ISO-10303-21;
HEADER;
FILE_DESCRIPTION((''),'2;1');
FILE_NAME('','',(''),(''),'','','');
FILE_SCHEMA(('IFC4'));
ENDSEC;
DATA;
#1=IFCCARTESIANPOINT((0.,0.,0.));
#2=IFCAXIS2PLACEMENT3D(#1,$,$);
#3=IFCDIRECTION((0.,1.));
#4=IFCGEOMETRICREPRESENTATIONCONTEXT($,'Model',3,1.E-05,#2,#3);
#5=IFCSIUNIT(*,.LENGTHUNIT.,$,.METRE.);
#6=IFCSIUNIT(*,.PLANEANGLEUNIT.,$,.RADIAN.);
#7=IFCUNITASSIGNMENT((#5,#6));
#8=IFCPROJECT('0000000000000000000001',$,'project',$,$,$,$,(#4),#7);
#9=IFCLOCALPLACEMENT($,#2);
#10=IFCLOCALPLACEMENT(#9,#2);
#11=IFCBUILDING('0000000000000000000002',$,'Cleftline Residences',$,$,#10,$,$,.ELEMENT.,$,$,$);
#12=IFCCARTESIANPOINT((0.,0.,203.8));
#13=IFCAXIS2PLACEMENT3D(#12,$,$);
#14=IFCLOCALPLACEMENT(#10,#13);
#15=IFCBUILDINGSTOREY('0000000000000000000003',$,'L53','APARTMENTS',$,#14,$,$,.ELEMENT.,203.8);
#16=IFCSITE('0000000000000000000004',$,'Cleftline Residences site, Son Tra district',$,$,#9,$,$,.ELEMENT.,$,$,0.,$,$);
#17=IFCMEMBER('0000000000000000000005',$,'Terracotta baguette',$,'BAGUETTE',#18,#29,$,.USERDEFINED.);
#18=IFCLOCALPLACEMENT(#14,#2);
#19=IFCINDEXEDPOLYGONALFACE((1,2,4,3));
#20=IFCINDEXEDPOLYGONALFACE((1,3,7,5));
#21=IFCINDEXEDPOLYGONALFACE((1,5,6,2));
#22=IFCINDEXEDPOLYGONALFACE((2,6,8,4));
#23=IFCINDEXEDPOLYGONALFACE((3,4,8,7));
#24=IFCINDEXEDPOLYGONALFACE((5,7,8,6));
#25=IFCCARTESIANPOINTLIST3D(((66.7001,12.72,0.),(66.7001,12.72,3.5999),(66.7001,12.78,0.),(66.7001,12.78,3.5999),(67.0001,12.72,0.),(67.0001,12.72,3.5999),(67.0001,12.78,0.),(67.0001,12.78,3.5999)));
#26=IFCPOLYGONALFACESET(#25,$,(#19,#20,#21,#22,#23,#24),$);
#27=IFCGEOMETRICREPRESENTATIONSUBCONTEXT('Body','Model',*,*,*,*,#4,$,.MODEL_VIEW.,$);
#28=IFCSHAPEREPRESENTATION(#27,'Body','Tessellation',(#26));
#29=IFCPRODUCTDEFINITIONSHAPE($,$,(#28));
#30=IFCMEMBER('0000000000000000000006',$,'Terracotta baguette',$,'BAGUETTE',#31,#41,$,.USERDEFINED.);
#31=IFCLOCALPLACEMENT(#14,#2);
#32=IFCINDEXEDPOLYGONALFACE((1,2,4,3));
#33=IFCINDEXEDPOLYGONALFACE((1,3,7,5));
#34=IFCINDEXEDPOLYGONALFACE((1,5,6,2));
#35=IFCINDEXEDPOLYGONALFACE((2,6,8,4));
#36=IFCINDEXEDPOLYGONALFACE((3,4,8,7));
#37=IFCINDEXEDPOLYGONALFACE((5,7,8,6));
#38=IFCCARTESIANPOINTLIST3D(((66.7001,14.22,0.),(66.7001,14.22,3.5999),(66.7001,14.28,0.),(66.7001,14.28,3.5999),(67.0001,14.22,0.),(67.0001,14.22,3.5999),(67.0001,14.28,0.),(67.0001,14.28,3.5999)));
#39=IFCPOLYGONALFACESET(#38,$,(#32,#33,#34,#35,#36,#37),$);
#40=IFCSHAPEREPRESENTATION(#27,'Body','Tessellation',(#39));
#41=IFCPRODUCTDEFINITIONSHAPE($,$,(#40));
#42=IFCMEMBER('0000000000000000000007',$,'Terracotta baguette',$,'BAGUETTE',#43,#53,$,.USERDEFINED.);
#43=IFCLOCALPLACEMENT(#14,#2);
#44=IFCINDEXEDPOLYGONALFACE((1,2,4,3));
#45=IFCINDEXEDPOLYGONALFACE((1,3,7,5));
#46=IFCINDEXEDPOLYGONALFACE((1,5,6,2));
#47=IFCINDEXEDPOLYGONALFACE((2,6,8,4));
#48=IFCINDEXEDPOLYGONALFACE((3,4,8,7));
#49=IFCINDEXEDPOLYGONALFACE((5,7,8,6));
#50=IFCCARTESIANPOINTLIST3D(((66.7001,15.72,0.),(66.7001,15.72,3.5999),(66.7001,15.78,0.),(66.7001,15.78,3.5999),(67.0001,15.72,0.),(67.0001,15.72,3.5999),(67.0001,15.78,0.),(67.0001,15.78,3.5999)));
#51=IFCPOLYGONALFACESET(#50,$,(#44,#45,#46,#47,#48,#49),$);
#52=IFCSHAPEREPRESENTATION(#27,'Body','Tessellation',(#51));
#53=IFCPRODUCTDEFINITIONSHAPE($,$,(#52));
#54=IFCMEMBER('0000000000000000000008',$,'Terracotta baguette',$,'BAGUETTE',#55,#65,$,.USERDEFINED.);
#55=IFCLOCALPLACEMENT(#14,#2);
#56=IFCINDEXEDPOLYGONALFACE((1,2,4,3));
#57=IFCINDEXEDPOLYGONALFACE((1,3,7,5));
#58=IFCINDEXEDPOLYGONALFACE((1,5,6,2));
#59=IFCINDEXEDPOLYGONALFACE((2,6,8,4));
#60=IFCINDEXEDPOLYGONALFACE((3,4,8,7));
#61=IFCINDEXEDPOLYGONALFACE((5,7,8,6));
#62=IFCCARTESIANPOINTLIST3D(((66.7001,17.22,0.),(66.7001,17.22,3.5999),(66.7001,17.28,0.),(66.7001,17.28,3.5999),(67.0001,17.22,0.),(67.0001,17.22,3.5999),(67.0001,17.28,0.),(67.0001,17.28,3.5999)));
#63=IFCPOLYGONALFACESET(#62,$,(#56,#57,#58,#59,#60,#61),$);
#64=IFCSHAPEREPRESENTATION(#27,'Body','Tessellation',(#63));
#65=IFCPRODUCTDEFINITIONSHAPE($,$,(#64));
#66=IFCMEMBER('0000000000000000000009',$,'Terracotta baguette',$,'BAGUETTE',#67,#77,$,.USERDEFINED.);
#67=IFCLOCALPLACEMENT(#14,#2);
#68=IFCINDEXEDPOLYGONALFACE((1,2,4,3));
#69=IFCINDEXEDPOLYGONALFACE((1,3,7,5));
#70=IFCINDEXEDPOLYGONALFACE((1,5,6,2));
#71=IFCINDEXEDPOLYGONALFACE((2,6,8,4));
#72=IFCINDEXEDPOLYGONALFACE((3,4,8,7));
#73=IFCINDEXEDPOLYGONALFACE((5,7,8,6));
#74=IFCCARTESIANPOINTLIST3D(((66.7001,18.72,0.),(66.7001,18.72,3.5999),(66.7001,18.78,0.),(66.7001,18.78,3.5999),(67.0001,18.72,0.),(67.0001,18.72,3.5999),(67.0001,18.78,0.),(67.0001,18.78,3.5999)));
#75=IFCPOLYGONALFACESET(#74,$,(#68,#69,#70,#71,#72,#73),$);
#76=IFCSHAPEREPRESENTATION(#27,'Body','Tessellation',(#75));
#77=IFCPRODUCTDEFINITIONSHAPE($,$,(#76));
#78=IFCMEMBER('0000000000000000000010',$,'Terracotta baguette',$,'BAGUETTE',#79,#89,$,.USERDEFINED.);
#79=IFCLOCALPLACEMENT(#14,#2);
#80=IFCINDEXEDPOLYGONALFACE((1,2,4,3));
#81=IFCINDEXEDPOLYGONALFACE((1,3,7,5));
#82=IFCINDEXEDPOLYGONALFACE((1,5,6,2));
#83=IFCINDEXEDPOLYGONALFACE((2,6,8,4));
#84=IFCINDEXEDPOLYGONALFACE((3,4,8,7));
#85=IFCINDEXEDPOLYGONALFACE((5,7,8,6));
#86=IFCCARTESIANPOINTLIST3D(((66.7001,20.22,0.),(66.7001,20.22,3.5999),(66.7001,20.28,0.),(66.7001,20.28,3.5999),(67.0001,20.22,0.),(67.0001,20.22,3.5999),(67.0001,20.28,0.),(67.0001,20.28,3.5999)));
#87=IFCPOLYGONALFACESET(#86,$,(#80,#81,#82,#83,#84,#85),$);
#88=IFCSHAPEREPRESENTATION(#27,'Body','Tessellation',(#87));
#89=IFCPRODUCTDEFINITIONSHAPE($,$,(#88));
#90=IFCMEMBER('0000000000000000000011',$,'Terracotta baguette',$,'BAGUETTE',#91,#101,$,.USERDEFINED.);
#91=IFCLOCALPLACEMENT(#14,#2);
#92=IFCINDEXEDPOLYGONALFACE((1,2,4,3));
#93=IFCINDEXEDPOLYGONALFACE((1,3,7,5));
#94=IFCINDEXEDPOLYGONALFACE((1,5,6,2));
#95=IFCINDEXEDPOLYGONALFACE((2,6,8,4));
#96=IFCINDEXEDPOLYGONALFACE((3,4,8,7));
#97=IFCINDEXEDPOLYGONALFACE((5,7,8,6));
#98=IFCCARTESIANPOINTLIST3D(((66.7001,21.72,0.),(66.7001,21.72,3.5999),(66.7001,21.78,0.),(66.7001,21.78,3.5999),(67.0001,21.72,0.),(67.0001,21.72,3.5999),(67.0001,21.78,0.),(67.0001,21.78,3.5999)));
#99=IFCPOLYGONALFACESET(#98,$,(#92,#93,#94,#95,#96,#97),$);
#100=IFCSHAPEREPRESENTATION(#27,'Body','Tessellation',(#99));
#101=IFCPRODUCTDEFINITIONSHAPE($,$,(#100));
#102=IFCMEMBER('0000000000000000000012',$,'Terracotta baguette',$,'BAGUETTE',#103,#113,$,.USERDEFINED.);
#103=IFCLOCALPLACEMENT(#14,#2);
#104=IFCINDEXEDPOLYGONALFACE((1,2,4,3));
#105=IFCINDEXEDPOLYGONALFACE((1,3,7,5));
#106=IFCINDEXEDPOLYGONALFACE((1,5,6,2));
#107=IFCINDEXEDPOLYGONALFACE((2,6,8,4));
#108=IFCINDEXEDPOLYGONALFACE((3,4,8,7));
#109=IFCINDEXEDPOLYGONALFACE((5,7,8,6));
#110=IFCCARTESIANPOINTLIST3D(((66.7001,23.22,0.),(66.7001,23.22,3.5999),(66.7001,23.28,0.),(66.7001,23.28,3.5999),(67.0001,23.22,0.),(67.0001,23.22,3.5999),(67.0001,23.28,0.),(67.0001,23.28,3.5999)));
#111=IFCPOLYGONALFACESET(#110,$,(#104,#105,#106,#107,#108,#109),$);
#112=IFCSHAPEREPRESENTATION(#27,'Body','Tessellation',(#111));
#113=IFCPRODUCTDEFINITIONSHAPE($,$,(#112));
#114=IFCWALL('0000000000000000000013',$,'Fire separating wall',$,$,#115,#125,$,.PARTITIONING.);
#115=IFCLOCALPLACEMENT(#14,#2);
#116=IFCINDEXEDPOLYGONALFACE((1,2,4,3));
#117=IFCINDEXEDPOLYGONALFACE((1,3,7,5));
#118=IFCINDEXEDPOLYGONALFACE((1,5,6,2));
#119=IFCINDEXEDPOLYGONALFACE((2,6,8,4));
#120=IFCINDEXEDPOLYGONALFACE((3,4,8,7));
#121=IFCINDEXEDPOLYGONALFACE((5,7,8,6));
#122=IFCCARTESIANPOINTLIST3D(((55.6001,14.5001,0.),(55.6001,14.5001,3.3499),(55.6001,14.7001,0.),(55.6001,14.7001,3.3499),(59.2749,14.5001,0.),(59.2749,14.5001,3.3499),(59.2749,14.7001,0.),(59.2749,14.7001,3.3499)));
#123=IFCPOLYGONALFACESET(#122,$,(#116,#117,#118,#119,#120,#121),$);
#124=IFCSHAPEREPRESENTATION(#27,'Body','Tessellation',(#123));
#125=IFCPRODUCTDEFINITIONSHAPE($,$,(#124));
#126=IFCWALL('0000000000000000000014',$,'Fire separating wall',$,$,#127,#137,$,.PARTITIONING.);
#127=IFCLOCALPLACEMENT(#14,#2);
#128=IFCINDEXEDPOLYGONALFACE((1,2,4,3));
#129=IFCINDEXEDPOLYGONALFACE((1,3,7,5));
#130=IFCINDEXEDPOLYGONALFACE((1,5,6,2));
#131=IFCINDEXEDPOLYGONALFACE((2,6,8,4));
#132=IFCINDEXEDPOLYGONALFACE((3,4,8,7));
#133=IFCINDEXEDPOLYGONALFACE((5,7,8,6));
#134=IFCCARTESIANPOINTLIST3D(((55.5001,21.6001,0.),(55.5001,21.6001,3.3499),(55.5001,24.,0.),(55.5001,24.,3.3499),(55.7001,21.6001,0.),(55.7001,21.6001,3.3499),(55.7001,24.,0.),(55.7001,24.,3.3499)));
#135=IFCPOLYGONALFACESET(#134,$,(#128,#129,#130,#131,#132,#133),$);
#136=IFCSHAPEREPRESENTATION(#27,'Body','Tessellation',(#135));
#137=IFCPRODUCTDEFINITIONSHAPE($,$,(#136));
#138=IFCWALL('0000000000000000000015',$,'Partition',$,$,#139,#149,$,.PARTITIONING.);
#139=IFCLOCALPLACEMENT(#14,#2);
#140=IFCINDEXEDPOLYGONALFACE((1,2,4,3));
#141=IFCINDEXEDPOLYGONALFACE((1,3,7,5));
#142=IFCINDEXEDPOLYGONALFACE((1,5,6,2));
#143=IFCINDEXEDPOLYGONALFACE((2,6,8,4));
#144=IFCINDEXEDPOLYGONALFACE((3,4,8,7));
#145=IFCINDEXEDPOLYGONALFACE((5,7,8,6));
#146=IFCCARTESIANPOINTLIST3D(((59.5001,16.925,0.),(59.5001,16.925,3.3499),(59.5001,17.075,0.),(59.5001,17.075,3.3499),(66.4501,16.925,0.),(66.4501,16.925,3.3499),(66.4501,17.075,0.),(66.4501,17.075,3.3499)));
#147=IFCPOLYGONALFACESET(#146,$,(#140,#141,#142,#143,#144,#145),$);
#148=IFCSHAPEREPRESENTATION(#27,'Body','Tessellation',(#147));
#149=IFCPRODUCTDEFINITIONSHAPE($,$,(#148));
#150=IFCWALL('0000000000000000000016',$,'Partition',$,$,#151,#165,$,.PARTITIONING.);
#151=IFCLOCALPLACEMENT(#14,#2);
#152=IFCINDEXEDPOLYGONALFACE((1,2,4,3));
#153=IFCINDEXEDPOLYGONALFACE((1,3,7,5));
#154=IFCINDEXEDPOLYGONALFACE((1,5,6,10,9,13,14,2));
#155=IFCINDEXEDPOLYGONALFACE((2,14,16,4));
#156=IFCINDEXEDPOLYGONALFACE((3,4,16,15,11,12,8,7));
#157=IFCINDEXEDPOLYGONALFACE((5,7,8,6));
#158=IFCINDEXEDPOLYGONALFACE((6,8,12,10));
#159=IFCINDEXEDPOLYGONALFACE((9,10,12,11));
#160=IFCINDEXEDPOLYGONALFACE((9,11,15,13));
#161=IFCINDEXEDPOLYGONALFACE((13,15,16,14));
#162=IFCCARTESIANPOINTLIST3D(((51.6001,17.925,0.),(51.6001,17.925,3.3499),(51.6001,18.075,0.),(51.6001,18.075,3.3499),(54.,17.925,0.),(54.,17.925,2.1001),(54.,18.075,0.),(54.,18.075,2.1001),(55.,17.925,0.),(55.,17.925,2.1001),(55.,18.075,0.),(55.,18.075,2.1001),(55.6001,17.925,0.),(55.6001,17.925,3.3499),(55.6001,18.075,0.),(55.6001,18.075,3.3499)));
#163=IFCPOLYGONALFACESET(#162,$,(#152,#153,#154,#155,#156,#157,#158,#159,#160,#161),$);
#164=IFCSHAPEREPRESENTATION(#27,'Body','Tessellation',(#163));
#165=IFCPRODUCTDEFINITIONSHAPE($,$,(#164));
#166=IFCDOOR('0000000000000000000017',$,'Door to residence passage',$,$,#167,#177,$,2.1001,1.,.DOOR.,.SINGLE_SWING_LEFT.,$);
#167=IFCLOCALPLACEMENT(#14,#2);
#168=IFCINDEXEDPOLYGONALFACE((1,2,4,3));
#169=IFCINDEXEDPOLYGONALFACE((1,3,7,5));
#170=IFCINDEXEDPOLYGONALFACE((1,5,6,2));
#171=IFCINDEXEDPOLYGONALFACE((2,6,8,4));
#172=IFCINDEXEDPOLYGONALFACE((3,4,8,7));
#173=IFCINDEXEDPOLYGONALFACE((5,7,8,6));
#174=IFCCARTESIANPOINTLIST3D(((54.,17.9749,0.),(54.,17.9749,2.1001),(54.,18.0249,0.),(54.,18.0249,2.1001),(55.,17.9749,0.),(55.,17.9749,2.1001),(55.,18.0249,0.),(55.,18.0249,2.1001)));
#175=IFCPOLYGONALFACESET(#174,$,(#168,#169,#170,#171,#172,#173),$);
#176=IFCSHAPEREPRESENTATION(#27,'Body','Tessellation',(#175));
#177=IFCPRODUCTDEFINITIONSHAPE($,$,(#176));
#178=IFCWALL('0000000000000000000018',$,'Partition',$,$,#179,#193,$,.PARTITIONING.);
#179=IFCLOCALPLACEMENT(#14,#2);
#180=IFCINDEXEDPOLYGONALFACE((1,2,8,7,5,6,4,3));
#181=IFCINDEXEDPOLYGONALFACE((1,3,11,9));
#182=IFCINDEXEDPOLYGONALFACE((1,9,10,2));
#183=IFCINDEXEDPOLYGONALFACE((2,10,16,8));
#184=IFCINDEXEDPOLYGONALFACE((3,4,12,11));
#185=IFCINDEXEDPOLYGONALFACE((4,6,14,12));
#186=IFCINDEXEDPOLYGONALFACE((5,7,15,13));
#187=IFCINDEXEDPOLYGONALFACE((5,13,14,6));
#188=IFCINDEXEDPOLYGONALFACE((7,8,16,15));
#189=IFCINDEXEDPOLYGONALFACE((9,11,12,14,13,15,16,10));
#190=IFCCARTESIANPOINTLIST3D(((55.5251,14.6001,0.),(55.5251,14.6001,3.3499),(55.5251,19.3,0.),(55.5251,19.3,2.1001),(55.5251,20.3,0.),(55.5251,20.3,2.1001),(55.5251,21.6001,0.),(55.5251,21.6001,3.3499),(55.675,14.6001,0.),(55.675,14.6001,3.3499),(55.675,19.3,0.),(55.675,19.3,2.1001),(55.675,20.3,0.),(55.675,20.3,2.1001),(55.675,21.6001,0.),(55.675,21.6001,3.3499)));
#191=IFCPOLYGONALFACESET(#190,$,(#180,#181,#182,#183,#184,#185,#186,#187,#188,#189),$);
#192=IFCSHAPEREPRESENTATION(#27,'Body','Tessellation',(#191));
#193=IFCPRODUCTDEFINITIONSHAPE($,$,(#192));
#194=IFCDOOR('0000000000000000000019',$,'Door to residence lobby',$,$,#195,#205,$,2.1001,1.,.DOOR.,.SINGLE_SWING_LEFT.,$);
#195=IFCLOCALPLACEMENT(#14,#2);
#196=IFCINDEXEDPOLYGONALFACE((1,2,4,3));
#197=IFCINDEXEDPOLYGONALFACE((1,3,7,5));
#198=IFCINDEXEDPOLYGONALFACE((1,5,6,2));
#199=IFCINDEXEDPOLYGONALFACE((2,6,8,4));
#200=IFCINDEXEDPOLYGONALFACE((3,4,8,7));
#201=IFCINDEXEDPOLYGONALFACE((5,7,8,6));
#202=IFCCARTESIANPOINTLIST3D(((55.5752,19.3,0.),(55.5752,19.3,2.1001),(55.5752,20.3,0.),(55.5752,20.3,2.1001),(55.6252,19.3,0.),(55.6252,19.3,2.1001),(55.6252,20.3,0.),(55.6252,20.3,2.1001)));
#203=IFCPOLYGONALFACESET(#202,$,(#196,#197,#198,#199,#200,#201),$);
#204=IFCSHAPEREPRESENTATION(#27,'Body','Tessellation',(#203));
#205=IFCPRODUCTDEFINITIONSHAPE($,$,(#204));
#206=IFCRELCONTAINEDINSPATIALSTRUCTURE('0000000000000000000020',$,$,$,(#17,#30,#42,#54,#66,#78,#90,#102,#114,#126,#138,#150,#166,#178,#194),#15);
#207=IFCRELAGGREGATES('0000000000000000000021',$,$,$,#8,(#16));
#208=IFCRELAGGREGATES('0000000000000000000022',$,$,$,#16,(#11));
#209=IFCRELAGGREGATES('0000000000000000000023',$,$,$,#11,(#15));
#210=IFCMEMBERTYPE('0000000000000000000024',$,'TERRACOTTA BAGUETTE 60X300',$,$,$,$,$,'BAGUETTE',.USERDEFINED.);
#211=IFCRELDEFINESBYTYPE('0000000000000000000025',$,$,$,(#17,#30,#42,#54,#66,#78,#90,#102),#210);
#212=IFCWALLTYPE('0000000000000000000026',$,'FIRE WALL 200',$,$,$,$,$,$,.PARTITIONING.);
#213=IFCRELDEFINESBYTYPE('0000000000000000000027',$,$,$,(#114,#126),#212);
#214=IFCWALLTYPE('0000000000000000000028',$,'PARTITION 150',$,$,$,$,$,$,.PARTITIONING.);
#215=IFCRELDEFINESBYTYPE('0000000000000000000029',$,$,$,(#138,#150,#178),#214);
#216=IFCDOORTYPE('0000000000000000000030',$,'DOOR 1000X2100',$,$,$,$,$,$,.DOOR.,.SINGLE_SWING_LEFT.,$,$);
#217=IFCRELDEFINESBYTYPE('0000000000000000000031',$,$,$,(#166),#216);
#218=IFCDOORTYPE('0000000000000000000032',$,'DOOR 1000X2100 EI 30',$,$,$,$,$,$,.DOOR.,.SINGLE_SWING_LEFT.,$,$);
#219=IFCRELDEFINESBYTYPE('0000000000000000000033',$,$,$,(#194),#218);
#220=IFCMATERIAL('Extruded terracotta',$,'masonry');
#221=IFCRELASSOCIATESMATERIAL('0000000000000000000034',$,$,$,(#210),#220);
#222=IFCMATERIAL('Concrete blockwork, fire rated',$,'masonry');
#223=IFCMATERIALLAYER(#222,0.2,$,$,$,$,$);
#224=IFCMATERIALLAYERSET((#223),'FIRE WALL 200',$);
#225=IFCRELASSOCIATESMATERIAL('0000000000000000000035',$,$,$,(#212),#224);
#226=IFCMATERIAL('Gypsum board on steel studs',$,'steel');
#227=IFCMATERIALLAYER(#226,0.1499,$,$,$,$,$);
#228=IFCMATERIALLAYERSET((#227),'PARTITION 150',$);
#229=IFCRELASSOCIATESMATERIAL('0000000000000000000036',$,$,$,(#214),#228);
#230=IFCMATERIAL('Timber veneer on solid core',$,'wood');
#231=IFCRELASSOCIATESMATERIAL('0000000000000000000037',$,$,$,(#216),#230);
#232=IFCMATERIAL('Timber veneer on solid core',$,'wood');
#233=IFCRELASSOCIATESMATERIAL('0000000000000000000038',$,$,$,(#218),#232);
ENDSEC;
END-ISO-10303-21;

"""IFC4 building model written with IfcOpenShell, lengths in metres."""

from ifc_helpers import new_model, si_unit, direction, frame, frame_2d, origin, origin_2d, place, context, subcontext, project, spatial, rectangle, extrude, material, layer, layer_set, material_profile, profile_set, type_object, element, fill, save


model = new_model("IFC4")

# Units and contexts
model_context = context("Model", 3, precision=1e-05, world=origin(), true_north=direction((0.0, 1.0)))
body_context = subcontext(model_context, "Body", "Model", "MODEL_VIEW")
ifc_project = project(units=[si_unit("LENGTHUNIT", "METRE"), si_unit("PLANEANGLEUNIT", "RADIAN")], contexts=[model_context])

# Site, building, storey
site_placement = place(None, origin())
site = spatial("IfcSite", under=ifc_project, at=site_placement, Name="Cleftline Residences site, Son Tra district", CompositionType="ELEMENT", RefElevation=0.0)
building_placement = place(site_placement, origin())
building = spatial("IfcBuilding", under=site, at=building_placement, Name="Cleftline Residences", CompositionType="ELEMENT")
storey_placement = place(building_placement, frame((0.0, 0.0, 203.8)))
storey = spatial("IfcBuildingStorey", under=building, at=storey_placement, Name="L53", Description="APARTMENTS", CompositionType="ELEMENT", Elevation=203.8)

# Members
ifc_material_1 = material(Name="Extruded terracotta", Category="masonry")
ifc_material_profile_1 = material_profile(ifc_material_1, rectangle(XDim=0.0601, YDim=0.3, at=origin_2d()))
ifc_profile_set_1 = profile_set([ifc_material_profile_1], Name="Extruded terracotta")
member_type_1 = type_object("IfcMemberType", Name="TERRACOTTA BAGUETTE 60X300", ElementType="BAGUETTE", PredefinedType="USERDEFINED", material=ifc_profile_set_1)
for number, where, z_axis, x_axis, name in (
    (1, (66.8501, 12.75, 0.0), (0.0, 0.0, 1.0), (0.0, 1.0, 0.0), "Terracotta baguette"),
    (2, (66.8501, 14.25, 0.0), (0.0, 0.0, 1.0), (0.0, 1.0, 0.0), "Terracotta baguette"),
    (3, (66.8501, 15.75, 0.0), (0.0, 0.0, 1.0), (0.0, 1.0, 0.0), "Terracotta baguette"),
    (4, (66.8501, 17.25, 0.0), (0.0, 0.0, 1.0), (0.0, 1.0, 0.0), "Terracotta baguette"),
    (5, (66.8501, 18.75, 0.0), (0.0, 0.0, 1.0), (0.0, 1.0, 0.0), "Terracotta baguette"),
    (6, (66.8501, 20.25, 0.0), (0.0, 0.0, 1.0), (0.0, 1.0, 0.0), "Terracotta baguette"),
    (7, (66.8501, 21.75, 0.0), (0.0, 0.0, 1.0), (0.0, 1.0, 0.0), "Terracotta baguette"),
    (8, (66.8501, 23.25, 0.0), (0.0, 0.0, 1.0), (0.0, 1.0, 0.0), "Terracotta baguette"),
):
    element("IfcMember", number, at=place(storey_placement, frame(where, z_axis=z_axis, x_axis=x_axis)), inside=storey, type_object=member_type_1, Name=name, ObjectType="BAGUETTE", PredefinedType="USERDEFINED", context=body_context, shape_type="SweptSolid", body=[
        extrude(rectangle(XDim=0.0601, YDim=0.3, at=origin_2d()), origin(), (0.0, 0.0, 1.0), 3.5999),
    ])

# Walls
ifc_material_2 = material(Name="Concrete blockwork, fire rated", Category="masonry")
ifc_layer_1 = layer(ifc_material_2, 0.2)
ifc_layer_set_1 = layer_set([ifc_layer_1], Name="FIRE WALL 200")
wall_type_1 = type_object("IfcWallType", Name="FIRE WALL 200", PredefinedType="PARTITIONING", material=ifc_layer_set_1)
wall_1_placement = place(storey_placement, frame((55.6001, 14.6001, 0.0), z_axis=(0.0, 0.0, 1.0), x_axis=(1.0, 0.0, 0.0)))
element("IfcWall", 9, at=wall_1_placement, inside=storey, type_object=wall_type_1, Name="Fire separating wall", PredefinedType="PARTITIONING", context=body_context, shape_type="SweptSolid", body=[
    extrude(rectangle(XDim=3.6748, YDim=0.2, at=frame_2d((1.8374, 0.0))), origin(), (0.0, 0.0, 1.0), 3.3499),
])
wall_2_placement = place(storey_placement, frame((55.6001, 21.6001, 0.0), z_axis=(0.0, 0.0, 1.0), x_axis=(0.0, 1.0, 0.0)))
element("IfcWall", 10, at=wall_2_placement, inside=storey, type_object=wall_type_1, Name="Fire separating wall", PredefinedType="PARTITIONING", context=body_context, shape_type="SweptSolid", body=[
    extrude(rectangle(XDim=2.3999, YDim=0.2, at=frame_2d((1.2, 0.0))), origin(), (0.0, 0.0, 1.0), 3.3499),
])
ifc_material_3 = material(Name="Gypsum board on steel studs", Category="steel")
ifc_layer_2 = layer(ifc_material_3, 0.1499)
ifc_layer_set_2 = layer_set([ifc_layer_2], Name="PARTITION 150")
wall_type_2 = type_object("IfcWallType", Name="PARTITION 150", PredefinedType="PARTITIONING", material=ifc_layer_set_2)
wall_3_placement = place(storey_placement, frame((59.5, 17.0, 0.0), z_axis=(0.0, 0.0, 1.0), x_axis=(1.0, 0.0, 0.0)))
element("IfcWall", 11, at=wall_3_placement, inside=storey, type_object=wall_type_2, Name="Partition", PredefinedType="PARTITIONING", context=body_context, shape_type="SweptSolid", body=[
    extrude(rectangle(XDim=6.95, YDim=0.1499, at=frame_2d((3.4751, 0.0))), origin(), (0.0, 0.0, 1.0), 3.3499),
])

# Walls, openings, doors
wall_4_placement = place(storey_placement, frame((51.6001, 18.0, 0.0), z_axis=(0.0, 0.0, 1.0), x_axis=(1.0, 0.0, 0.0)))
wall_4 = element("IfcWall", 12, at=wall_4_placement, inside=storey, type_object=wall_type_2, Name="Partition", PredefinedType="PARTITIONING", context=body_context, shape_type="SweptSolid", body=[
    extrude(rectangle(XDim=4.0, YDim=0.1499, at=frame_2d((2.0, 0.0))), origin(), (0.0, 0.0, 1.0), 3.3499),
])
opening_1_placement = place(wall_4_placement, frame((2.3999, 0.0, 0.0)))
opening_1 = element("IfcOpeningElement", 13, at=opening_1_placement, cuts=wall_4, PredefinedType="OPENING", context=body_context, shape_type="SweptSolid", body=[
    extrude(rectangle(XDim=1.0, YDim=2.1001, at=frame_2d((0.5, 1.05))), frame((0.0, 0.085, 0.0), z_axis=(0.0, -1.0, 0.0), x_axis=(1.0, 0.0, 0.0)), (0.0, 0.0, 1.0), 0.1699),
])
ifc_material_4 = material(Name="Timber veneer on solid core", Category="wood")
door_type_1 = type_object("IfcDoorType", Name="DOOR 1000X2100", OperationType="SINGLE_SWING_LEFT", PredefinedType="DOOR", material=ifc_material_4)
door_1_placement = place(opening_1_placement, origin())
door_1 = element("IfcDoor", 14, at=door_1_placement, inside=storey, type_object=door_type_1, Name="Door to residence passage", OperationType="SINGLE_SWING_LEFT", OverallHeight=2.1001, OverallWidth=1.0, PredefinedType="DOOR", context=body_context, shape_type="SweptSolid", body=[
    extrude(rectangle(XDim=1.0, YDim=2.1001, at=frame_2d((0.5, 1.05))), frame((0.0, 0.0249, 0.0), z_axis=(0.0, -1.0, 0.0), x_axis=(1.0, 0.0, 0.0)), (0.0, 0.0, 1.0), 0.05),
])
fill(opening_1, door_1)
wall_5_placement = place(storey_placement, frame((55.6001, 14.6001, 0.0), z_axis=(0.0, 0.0, 1.0), x_axis=(0.0, 1.0, 0.0)))
wall_5 = element("IfcWall", 15, at=wall_5_placement, inside=storey, type_object=wall_type_2, Name="Partition", PredefinedType="PARTITIONING", context=body_context, shape_type="SweptSolid", body=[
    extrude(rectangle(XDim=7.0, YDim=0.1499, at=frame_2d((3.5, 0.0))), origin(), (0.0, 0.0, 1.0), 3.3499),
])
opening_2_placement = place(wall_5_placement, frame((4.7, 0.0, 0.0)))
opening_2 = element("IfcOpeningElement", 16, at=opening_2_placement, cuts=wall_5, PredefinedType="OPENING", context=body_context, shape_type="SweptSolid", body=[
    extrude(rectangle(XDim=1.0, YDim=2.1001, at=frame_2d((0.5, 1.05))), frame((0.0, 0.085, 0.0), z_axis=(0.0, -1.0, 0.0), x_axis=(1.0, 0.0, 0.0)), (0.0, 0.0, 1.0), 0.1699),
])
ifc_material_5 = material(Name="Timber veneer on solid core", Category="wood")
door_type_2 = type_object("IfcDoorType", Name="DOOR 1000X2100 EI 30", OperationType="SINGLE_SWING_LEFT", PredefinedType="DOOR", material=ifc_material_5)
door_2_placement = place(opening_2_placement, origin())
door_2 = element("IfcDoor", 17, at=door_2_placement, inside=storey, type_object=door_type_2, Name="Door to residence lobby", OperationType="SINGLE_SWING_LEFT", OverallHeight=2.1001, OverallWidth=1.0, PredefinedType="DOOR", context=body_context, shape_type="SweptSolid", body=[
    extrude(rectangle(XDim=1.0, YDim=2.1001, at=frame_2d((0.5, 1.05))), frame((0.0, 0.0249, 0.0), z_axis=(0.0, -1.0, 0.0), x_axis=(1.0, 0.0, 0.0)), (0.0, 0.0, 1.0), 0.05),
])
fill(opening_2, door_2)

save(model, "model.ifc")
